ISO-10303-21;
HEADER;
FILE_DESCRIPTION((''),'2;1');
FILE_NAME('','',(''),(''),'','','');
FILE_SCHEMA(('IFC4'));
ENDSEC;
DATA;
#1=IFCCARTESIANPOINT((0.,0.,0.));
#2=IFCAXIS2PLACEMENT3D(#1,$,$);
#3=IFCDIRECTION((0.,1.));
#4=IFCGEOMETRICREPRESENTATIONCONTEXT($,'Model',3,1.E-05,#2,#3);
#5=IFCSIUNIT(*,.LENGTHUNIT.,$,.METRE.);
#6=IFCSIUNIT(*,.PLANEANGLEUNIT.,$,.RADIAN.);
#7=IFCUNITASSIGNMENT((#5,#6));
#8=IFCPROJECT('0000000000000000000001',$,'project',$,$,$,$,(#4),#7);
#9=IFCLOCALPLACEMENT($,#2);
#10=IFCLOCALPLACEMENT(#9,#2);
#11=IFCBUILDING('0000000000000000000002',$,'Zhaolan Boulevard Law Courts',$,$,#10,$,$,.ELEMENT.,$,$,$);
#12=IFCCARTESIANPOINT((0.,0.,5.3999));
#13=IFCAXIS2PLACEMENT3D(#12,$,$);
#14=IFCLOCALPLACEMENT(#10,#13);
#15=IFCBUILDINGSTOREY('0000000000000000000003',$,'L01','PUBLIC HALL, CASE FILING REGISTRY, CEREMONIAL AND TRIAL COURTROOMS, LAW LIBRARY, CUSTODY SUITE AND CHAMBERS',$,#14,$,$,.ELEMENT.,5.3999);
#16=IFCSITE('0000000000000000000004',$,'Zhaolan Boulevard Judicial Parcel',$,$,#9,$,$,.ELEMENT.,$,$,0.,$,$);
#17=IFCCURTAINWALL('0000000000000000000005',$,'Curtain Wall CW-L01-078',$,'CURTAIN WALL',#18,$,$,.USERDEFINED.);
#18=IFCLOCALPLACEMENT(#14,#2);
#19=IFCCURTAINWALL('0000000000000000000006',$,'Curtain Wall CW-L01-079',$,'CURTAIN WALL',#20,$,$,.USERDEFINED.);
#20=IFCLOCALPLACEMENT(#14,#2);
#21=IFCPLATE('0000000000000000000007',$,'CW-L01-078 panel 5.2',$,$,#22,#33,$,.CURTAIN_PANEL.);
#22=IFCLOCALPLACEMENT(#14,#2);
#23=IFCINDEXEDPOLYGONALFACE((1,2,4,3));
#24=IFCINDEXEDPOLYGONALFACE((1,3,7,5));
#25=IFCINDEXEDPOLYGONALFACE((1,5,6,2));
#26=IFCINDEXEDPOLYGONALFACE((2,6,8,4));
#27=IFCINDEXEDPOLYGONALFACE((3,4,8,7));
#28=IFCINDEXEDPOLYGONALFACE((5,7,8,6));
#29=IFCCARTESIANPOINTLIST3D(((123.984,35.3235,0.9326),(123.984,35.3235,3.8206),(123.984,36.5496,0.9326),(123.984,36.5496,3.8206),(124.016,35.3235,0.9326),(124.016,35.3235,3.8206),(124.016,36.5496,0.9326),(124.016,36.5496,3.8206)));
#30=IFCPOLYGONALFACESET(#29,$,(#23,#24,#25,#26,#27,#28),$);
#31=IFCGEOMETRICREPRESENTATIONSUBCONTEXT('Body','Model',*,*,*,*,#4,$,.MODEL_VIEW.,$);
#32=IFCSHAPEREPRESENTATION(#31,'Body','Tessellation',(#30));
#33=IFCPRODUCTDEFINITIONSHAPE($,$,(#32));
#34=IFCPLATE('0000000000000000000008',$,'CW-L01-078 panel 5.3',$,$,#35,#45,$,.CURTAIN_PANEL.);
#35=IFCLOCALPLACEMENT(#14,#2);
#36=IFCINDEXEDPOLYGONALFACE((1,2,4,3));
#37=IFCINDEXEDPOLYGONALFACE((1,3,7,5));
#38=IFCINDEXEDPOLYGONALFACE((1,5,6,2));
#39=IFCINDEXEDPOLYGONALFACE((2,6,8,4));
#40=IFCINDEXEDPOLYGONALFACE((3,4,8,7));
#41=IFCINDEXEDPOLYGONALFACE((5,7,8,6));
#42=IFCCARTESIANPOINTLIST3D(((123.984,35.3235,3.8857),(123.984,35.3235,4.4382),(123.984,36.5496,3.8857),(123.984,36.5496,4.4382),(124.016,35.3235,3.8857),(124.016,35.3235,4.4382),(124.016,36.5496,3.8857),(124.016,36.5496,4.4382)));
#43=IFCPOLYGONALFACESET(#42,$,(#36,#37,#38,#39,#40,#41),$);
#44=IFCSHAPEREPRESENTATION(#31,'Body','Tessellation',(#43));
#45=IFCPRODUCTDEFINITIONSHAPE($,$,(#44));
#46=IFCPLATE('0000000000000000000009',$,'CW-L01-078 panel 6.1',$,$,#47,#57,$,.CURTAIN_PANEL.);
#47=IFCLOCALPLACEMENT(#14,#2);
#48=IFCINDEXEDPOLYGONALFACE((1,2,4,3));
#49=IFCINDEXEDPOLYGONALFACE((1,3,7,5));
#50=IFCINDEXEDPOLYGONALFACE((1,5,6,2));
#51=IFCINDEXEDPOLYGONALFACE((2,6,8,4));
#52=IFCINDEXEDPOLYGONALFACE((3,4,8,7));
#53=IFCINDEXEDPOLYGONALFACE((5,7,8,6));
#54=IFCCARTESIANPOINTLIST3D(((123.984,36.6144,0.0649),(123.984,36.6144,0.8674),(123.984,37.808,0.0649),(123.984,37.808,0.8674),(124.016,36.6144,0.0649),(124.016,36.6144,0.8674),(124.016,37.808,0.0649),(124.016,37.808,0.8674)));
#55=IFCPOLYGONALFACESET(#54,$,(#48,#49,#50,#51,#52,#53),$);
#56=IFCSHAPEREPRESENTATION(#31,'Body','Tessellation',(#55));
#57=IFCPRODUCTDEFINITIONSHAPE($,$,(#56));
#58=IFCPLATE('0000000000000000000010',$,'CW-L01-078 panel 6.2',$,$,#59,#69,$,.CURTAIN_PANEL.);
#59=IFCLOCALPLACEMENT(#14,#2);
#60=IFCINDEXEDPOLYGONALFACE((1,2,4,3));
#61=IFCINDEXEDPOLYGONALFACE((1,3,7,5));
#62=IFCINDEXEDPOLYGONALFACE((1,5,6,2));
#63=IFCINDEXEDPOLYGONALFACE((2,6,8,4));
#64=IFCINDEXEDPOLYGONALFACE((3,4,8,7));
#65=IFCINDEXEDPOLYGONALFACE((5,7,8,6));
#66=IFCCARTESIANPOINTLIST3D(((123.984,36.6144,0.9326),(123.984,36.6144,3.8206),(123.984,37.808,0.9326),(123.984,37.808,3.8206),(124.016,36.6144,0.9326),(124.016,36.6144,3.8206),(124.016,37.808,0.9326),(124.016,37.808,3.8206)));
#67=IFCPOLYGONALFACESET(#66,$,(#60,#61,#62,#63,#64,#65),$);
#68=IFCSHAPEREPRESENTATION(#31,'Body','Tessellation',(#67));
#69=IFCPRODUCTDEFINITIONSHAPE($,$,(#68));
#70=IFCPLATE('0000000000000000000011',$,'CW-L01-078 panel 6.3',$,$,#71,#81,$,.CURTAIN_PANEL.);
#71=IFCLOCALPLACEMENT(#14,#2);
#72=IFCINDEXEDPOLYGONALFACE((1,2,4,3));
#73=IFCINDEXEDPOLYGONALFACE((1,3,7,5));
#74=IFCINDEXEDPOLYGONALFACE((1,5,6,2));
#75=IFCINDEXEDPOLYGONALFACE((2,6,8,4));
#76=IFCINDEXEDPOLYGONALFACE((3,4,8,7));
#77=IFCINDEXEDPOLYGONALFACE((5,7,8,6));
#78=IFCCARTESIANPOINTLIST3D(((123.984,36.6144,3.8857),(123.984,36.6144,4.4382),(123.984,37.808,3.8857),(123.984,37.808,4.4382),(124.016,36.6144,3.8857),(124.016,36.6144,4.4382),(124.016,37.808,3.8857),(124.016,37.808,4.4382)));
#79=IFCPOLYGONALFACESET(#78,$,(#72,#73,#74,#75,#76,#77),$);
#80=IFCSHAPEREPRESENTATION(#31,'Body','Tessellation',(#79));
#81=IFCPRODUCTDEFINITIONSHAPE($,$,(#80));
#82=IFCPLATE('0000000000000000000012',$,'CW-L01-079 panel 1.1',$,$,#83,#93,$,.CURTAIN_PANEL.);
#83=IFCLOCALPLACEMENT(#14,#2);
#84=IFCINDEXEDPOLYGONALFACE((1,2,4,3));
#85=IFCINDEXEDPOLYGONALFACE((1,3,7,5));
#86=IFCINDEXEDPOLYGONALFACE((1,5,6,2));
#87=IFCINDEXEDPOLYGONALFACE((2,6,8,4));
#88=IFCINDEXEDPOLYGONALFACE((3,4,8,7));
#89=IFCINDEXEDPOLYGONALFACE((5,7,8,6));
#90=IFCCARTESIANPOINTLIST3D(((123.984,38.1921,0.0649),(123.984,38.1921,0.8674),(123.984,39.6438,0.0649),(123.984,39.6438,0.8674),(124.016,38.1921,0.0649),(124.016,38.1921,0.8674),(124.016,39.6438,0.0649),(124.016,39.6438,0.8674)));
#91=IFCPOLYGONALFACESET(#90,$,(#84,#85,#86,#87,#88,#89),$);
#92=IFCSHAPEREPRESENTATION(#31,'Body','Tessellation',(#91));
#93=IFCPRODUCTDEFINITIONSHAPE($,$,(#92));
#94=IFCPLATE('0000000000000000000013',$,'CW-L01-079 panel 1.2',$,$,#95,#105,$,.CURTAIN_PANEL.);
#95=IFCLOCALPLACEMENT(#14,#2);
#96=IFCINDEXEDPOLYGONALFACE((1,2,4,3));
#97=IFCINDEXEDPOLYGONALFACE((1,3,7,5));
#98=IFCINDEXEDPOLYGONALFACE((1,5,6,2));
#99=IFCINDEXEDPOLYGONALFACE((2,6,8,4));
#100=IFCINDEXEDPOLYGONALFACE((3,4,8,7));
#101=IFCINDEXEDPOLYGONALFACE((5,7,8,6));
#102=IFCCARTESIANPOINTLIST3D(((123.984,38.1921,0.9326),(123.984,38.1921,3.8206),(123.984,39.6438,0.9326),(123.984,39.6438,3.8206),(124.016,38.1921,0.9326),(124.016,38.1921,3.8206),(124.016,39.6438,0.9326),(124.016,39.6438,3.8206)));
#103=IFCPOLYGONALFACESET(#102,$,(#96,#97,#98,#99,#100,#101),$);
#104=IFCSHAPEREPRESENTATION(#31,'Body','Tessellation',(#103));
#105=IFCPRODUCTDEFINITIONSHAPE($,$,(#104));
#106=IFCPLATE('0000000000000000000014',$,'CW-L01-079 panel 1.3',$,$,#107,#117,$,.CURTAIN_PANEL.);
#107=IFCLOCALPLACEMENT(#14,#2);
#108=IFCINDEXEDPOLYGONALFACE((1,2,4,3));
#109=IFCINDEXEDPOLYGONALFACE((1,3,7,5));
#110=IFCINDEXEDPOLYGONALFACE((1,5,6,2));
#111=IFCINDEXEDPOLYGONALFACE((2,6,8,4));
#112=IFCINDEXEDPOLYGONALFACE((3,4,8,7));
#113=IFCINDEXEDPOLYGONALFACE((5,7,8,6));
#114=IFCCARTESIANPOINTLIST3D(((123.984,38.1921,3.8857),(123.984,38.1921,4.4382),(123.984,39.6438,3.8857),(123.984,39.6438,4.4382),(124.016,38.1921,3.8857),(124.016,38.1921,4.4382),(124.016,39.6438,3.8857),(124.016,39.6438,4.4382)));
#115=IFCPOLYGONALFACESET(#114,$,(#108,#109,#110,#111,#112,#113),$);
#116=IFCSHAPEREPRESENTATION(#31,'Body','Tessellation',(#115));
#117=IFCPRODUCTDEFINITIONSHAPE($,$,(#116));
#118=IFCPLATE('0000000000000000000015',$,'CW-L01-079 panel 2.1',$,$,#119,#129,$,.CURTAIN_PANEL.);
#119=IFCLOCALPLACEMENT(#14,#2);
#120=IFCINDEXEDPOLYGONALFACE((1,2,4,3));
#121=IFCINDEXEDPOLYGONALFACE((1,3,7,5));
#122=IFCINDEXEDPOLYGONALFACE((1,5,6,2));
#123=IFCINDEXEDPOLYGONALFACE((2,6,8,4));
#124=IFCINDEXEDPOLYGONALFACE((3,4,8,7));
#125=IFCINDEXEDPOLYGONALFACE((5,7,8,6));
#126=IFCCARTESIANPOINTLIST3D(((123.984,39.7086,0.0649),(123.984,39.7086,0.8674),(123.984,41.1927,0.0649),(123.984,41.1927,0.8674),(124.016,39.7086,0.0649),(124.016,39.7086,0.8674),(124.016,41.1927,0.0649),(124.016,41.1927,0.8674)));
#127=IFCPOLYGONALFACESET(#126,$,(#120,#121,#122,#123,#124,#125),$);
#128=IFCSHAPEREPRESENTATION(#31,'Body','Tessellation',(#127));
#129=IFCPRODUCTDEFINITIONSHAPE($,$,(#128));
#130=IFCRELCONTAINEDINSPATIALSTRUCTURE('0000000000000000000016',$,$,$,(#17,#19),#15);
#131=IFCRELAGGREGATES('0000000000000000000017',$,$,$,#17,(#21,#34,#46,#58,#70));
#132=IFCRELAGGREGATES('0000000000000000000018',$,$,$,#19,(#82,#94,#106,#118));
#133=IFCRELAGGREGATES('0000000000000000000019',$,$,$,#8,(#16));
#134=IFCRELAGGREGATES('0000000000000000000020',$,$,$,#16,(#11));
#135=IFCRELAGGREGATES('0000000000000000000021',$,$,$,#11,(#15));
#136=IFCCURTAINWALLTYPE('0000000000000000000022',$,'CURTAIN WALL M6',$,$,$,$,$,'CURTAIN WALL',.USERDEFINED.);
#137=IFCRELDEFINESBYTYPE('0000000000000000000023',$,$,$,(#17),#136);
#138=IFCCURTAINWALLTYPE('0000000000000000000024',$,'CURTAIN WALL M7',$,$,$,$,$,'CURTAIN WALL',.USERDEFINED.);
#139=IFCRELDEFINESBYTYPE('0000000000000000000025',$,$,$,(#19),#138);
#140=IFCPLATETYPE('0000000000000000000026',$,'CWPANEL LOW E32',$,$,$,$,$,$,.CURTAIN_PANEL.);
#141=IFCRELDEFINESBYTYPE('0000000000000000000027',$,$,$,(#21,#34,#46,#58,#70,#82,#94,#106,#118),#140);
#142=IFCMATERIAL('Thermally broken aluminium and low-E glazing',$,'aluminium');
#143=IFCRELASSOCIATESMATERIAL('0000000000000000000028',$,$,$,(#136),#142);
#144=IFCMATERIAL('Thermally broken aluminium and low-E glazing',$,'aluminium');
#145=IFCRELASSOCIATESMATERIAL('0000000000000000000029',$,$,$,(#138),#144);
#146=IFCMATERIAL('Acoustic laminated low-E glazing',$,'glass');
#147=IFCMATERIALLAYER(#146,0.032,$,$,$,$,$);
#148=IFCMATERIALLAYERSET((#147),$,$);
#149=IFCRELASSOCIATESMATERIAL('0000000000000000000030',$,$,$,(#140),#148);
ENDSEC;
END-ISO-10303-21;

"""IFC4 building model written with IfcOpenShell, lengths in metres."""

from ifc_helpers import new_model, si_unit, direction, frame, origin, origin_2d, place, context, subcontext, project, spatial, rectangle, extrude, material, layer, layer_set, type_object, element, aggregate, save


model = new_model("IFC4")

# Units and contexts
model_context = context("Model", 3, precision=1e-05, world=origin(), true_north=direction((0.0, 1.0)))
body_context = subcontext(model_context, "Body", "Model", "MODEL_VIEW")
ifc_project = project(units=[si_unit("LENGTHUNIT", "METRE"), si_unit("PLANEANGLEUNIT", "RADIAN")], contexts=[model_context])

# Site, building, storey
site_placement = place(None, origin())
site = spatial("IfcSite", under=ifc_project, at=site_placement, Name="Zhaolan Boulevard Judicial Parcel", CompositionType="ELEMENT", RefElevation=0.0)
building_placement = place(site_placement, origin())
building = spatial("IfcBuilding", under=site, at=building_placement, Name="Zhaolan Boulevard Law Courts", CompositionType="ELEMENT")
storey_placement = place(building_placement, frame((0.0, 0.0, 5.3999)))
storey = spatial("IfcBuildingStorey", under=building, at=storey_placement, Name="L01", Description="PUBLIC HALL, CASE FILING REGISTRY, CEREMONIAL AND TRIAL COURTROOMS, LAW LIBRARY, CUSTODY SUITE AND CHAMBERS", CompositionType="ELEMENT", Elevation=5.3999)

# Curtain walls
ifc_material_1 = material(Name="Thermally broken aluminium and low-E glazing", Category="aluminium")
curtain_wall_type_1 = type_object("IfcCurtainWallType", Name="CURTAIN WALL M6", ElementType="CURTAIN WALL", PredefinedType="USERDEFINED", material=ifc_material_1)
curtain_wall_1_placement = place(storey_placement, origin())
curtain_wall_1 = element("IfcCurtainWall", 1, at=curtain_wall_1_placement, inside=storey, type_object=curtain_wall_type_1, Name="Curtain Wall CW-L01-078", ObjectType="CURTAIN WALL", PredefinedType="USERDEFINED")
ifc_material_2 = material(Name="Thermally broken aluminium and low-E glazing", Category="aluminium")
curtain_wall_type_2 = type_object("IfcCurtainWallType", Name="CURTAIN WALL M7", ElementType="CURTAIN WALL", PredefinedType="USERDEFINED", material=ifc_material_2)
curtain_wall_2_placement = place(storey_placement, origin())
curtain_wall_2 = element("IfcCurtainWall", 2, at=curtain_wall_2_placement, inside=storey, type_object=curtain_wall_type_2, Name="Curtain Wall CW-L01-079", ObjectType="CURTAIN WALL", PredefinedType="USERDEFINED")

# Plates
ifc_material_3 = material(Name="Acoustic laminated low-E glazing", Category="glass")
ifc_layer = layer(ifc_material_3, 0.032)
ifc_layer_set = layer_set([ifc_layer])
plate_type = type_object("IfcPlateType", Name="CWPANEL LOW E32", PredefinedType="CURTAIN_PANEL", material=ifc_layer_set)
plate_1_placement = place(storey_placement, frame((124.0, 35.9365, 0.9326), z_axis=(0.0, 0.0, 1.0), x_axis=(0.0, 1.0, 0.0)))
plate_1 = element("IfcPlate", 3, at=plate_1_placement, type_object=plate_type, Name="CW-L01-078 panel 5.2", PredefinedType="CURTAIN_PANEL", context=body_context, shape_type="SweptSolid", body=[
    extrude(rectangle(XDim=1.2261, YDim=0.032, at=origin_2d()), origin(), (0.0, 0.0, 1.0), 2.8879),
])
plate_2_placement = place(storey_placement, frame((124.0, 35.9365, 3.8857), z_axis=(0.0, 0.0, 1.0), x_axis=(0.0, 1.0, 0.0)))
plate_2 = element("IfcPlate", 4, at=plate_2_placement, type_object=plate_type, Name="CW-L01-078 panel 5.3", PredefinedType="CURTAIN_PANEL", context=body_context, shape_type="SweptSolid", body=[
    extrude(rectangle(XDim=1.2261, YDim=0.032, at=origin_2d()), origin(), (0.0, 0.0, 1.0), 0.5525),
])
plate_3_placement = place(storey_placement, frame((124.0, 37.2112, 0.0649), z_axis=(0.0, 0.0, 1.0), x_axis=(0.0, 1.0, 0.0)))
plate_3 = element("IfcPlate", 5, at=plate_3_placement, type_object=plate_type, Name="CW-L01-078 panel 6.1", PredefinedType="CURTAIN_PANEL", context=body_context, shape_type="SweptSolid", body=[
    extrude(rectangle(XDim=1.1936, YDim=0.032, at=origin_2d()), origin(), (0.0, 0.0, 1.0), 0.8025),
])
plate_4_placement = place(storey_placement, frame((124.0, 37.2112, 0.9326), z_axis=(0.0, 0.0, 1.0), x_axis=(0.0, 1.0, 0.0)))
plate_4 = element("IfcPlate", 6, at=plate_4_placement, type_object=plate_type, Name="CW-L01-078 panel 6.2", PredefinedType="CURTAIN_PANEL", context=body_context, shape_type="SweptSolid", body=[
    extrude(rectangle(XDim=1.1936, YDim=0.032, at=origin_2d()), origin(), (0.0, 0.0, 1.0), 2.8879),
])
plate_5_placement = place(storey_placement, frame((124.0, 37.2112, 3.8857), z_axis=(0.0, 0.0, 1.0), x_axis=(0.0, 1.0, 0.0)))
plate_5 = element("IfcPlate", 7, at=plate_5_placement, type_object=plate_type, Name="CW-L01-078 panel 6.3", PredefinedType="CURTAIN_PANEL", context=body_context, shape_type="SweptSolid", body=[
    extrude(rectangle(XDim=1.1936, YDim=0.032, at=origin_2d()), origin(), (0.0, 0.0, 1.0), 0.5525),
])
aggregate(curtain_wall_1, [plate_1, plate_2, plate_3, plate_4, plate_5])
plate_6_placement = place(storey_placement, frame((124.0, 38.918, 0.0649), z_axis=(0.0, 0.0, 1.0), x_axis=(0.0, 1.0, 0.0)))
plate_6 = element("IfcPlate", 8, at=plate_6_placement, type_object=plate_type, Name="CW-L01-079 panel 1.1", PredefinedType="CURTAIN_PANEL", context=body_context, shape_type="SweptSolid", body=[
    extrude(rectangle(XDim=1.4517, YDim=0.032, at=origin_2d()), origin(), (0.0, 0.0, 1.0), 0.8025),
])
plate_7_placement = place(storey_placement, frame((124.0, 38.918, 0.9326), z_axis=(0.0, 0.0, 1.0), x_axis=(0.0, 1.0, 0.0)))
plate_7 = element("IfcPlate", 9, at=plate_7_placement, type_object=plate_type, Name="CW-L01-079 panel 1.2", PredefinedType="CURTAIN_PANEL", context=body_context, shape_type="SweptSolid", body=[
    extrude(rectangle(XDim=1.4517, YDim=0.032, at=origin_2d()), origin(), (0.0, 0.0, 1.0), 2.8879),
])
plate_8_placement = place(storey_placement, frame((124.0, 38.918, 3.8857), z_axis=(0.0, 0.0, 1.0), x_axis=(0.0, 1.0, 0.0)))
plate_8 = element("IfcPlate", 10, at=plate_8_placement, type_object=plate_type, Name="CW-L01-079 panel 1.3", PredefinedType="CURTAIN_PANEL", context=body_context, shape_type="SweptSolid", body=[
    extrude(rectangle(XDim=1.4517, YDim=0.032, at=origin_2d()), origin(), (0.0, 0.0, 1.0), 0.5525),
])
plate_9_placement = place(storey_placement, frame((124.0, 40.4507, 0.0649), z_axis=(0.0, 0.0, 1.0), x_axis=(0.0, 1.0, 0.0)))
plate_9 = element("IfcPlate", 11, at=plate_9_placement, type_object=plate_type, Name="CW-L01-079 panel 2.1", PredefinedType="CURTAIN_PANEL", context=body_context, shape_type="SweptSolid", body=[
    extrude(rectangle(XDim=1.4841, YDim=0.032, at=origin_2d()), origin(), (0.0, 0.0, 1.0), 0.8025),
])
aggregate(curtain_wall_2, [plate_6, plate_7, plate_8, plate_9])

save(model, "model.ifc")
